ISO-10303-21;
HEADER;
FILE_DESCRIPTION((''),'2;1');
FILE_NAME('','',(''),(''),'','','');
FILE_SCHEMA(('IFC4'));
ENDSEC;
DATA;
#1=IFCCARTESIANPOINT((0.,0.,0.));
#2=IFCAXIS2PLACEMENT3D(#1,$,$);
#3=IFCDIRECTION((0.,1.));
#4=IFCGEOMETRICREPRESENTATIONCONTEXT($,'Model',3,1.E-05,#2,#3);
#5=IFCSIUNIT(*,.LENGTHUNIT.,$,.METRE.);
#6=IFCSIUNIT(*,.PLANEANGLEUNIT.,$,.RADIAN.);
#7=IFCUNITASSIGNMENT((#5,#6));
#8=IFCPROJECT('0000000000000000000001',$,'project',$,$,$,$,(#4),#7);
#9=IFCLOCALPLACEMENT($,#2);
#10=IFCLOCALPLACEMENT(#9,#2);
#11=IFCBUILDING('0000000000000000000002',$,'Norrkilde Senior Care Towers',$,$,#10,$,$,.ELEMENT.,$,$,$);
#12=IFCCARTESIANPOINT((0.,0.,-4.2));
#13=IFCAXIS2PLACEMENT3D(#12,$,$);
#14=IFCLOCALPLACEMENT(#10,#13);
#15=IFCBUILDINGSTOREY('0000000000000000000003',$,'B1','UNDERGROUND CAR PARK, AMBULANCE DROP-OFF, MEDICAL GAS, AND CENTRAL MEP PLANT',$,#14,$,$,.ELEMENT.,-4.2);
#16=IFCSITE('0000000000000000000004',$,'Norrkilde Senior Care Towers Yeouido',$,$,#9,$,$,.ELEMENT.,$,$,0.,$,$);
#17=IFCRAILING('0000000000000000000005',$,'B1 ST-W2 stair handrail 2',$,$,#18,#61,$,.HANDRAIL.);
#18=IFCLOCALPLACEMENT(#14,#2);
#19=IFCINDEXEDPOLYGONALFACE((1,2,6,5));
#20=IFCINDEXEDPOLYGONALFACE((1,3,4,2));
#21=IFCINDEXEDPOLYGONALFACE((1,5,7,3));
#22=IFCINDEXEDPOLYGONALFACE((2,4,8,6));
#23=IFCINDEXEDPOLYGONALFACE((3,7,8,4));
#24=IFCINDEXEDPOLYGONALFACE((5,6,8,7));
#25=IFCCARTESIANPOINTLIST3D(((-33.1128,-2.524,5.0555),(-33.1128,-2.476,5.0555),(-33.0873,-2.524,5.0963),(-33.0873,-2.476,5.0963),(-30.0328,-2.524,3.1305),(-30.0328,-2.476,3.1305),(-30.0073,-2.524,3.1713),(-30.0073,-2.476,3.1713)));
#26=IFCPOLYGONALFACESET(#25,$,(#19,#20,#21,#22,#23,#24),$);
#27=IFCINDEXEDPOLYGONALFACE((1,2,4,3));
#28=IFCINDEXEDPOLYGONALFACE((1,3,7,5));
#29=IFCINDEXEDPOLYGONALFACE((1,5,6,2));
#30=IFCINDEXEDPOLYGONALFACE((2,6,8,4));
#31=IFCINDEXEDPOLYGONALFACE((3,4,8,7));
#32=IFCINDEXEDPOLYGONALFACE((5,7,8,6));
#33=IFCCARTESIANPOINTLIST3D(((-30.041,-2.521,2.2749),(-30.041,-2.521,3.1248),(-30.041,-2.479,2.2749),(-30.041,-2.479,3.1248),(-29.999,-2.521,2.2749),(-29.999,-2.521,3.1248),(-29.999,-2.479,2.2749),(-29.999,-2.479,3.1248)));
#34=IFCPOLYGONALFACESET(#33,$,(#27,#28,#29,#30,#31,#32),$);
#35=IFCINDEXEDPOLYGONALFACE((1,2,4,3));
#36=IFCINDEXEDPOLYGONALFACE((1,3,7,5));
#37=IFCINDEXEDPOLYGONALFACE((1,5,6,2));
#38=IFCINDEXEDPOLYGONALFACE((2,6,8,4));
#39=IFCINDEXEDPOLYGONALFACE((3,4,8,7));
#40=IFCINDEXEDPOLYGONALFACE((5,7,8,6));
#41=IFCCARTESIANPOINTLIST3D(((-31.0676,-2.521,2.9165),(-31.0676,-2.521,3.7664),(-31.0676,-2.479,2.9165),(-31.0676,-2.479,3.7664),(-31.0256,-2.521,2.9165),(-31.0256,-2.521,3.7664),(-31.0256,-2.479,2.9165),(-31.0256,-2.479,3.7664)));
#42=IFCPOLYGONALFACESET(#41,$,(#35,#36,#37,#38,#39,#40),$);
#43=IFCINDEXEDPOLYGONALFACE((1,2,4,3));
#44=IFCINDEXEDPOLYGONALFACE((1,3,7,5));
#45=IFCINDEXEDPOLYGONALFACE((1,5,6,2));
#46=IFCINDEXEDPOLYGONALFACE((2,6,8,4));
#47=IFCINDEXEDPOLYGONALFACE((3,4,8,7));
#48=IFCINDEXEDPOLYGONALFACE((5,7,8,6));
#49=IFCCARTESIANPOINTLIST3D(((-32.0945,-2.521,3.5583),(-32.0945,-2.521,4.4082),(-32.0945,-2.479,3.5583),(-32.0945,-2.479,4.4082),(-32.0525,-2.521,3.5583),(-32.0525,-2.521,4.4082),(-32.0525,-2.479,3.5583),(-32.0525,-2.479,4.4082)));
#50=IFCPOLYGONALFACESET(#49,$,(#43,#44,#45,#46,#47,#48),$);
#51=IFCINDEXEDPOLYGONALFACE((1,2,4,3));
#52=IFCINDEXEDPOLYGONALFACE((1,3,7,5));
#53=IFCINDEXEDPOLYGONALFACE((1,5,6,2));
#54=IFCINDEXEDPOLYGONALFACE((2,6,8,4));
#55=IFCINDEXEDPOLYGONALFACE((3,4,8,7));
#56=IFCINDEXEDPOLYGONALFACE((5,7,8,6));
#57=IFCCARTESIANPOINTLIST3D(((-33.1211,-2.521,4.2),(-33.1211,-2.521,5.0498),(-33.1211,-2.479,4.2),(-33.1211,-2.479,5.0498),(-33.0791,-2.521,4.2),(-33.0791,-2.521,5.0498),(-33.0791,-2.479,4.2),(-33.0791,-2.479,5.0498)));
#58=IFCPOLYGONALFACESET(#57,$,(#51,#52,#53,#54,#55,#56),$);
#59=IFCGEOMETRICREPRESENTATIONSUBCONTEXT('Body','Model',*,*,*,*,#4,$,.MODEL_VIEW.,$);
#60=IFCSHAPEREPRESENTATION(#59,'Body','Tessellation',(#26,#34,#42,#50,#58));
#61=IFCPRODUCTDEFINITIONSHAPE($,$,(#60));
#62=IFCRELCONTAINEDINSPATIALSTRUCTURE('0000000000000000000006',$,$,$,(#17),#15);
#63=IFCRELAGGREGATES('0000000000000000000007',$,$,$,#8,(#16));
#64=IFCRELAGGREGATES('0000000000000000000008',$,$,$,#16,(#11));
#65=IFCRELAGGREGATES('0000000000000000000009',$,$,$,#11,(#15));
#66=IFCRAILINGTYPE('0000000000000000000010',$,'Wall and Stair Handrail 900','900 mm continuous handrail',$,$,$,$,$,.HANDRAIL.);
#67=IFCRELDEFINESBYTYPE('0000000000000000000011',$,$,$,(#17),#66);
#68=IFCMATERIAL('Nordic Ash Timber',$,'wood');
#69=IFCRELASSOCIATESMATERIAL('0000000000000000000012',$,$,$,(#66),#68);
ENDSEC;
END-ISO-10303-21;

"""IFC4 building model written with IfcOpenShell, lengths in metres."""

from ifc_helpers import new_model, si_unit, direction, frame, origin, origin_2d, place, context, subcontext, project, spatial, rectangle, extrude, material, type_object, element, save


model = new_model("IFC4")

# Units and contexts
model_context = context("Model", 3, precision=1e-05, world=origin(), true_north=direction((0.0, 1.0)))
body_context = subcontext(model_context, "Body", "Model", "MODEL_VIEW")
ifc_project = project(units=[si_unit("LENGTHUNIT", "METRE"), si_unit("PLANEANGLEUNIT", "RADIAN")], contexts=[model_context])

# Site, building, storey
site_placement = place(None, origin())
site = spatial("IfcSite", under=ifc_project, at=site_placement, Name="Norrkilde Senior Care Towers Yeouido", CompositionType="ELEMENT", RefElevation=0.0)
building_placement = place(site_placement, origin())
building = spatial("IfcBuilding", under=site, at=building_placement, Name="Norrkilde Senior Care Towers", CompositionType="ELEMENT")
storey_placement = place(building_placement, frame((0.0, 0.0, -4.2)))
storey = spatial("IfcBuildingStorey", under=building, at=storey_placement, Name="B1", Description="UNDERGROUND CAR PARK, AMBULANCE DROP-OFF, MEDICAL GAS, AND CENTRAL MEP PLANT", CompositionType="ELEMENT", Elevation=-4.2)

# Railing
ifc_material_1 = material(Name="Nordic Ash Timber", Category="wood")
railing_type_1 = type_object("IfcRailingType", Name="Wall and Stair Handrail 900", Description="900 mm continuous handrail", PredefinedType="HANDRAIL", material=ifc_material_1)
railing_1_placement = place(storey_placement, frame((-30.02, -2.5, 2.2749)))
element("IfcRailing", 1, at=railing_1_placement, inside=storey, type_object=railing_type_1, Name="B1 ST-W2 stair handrail 2", PredefinedType="HANDRAIL", context=body_context, shape_type="SweptSolid", body=[
    extrude(rectangle(XDim=0.0481, YDim=0.0481, at=origin_2d()), frame((0.0, 0.0, 0.876), z_axis=(-0.847998, 0.0, 0.529999), x_axis=(0.0, -1.0, 0.0)), (0.0, 0.0, 1.0), 3.6321),
    extrude(rectangle(XDim=0.042, YDim=0.042, at=origin_2d()), origin(), (0.0, 0.0, 1.0), 0.8499),
    extrude(rectangle(XDim=0.042, YDim=0.042, at=origin_2d()), frame((-1.0266, 0.0, 0.6416)), (0.0, 0.0, 1.0), 0.8499),
    extrude(rectangle(XDim=0.042, YDim=0.042, at=origin_2d()), frame((-2.0535, 0.0, 1.2834)), (0.0, 0.0, 1.0), 0.8499),
    extrude(rectangle(XDim=0.042, YDim=0.042, at=origin_2d()), frame((-3.0801, 0.0, 1.925)), (0.0, 0.0, 1.0), 0.8499),
])

save(model, "model.ifc")
